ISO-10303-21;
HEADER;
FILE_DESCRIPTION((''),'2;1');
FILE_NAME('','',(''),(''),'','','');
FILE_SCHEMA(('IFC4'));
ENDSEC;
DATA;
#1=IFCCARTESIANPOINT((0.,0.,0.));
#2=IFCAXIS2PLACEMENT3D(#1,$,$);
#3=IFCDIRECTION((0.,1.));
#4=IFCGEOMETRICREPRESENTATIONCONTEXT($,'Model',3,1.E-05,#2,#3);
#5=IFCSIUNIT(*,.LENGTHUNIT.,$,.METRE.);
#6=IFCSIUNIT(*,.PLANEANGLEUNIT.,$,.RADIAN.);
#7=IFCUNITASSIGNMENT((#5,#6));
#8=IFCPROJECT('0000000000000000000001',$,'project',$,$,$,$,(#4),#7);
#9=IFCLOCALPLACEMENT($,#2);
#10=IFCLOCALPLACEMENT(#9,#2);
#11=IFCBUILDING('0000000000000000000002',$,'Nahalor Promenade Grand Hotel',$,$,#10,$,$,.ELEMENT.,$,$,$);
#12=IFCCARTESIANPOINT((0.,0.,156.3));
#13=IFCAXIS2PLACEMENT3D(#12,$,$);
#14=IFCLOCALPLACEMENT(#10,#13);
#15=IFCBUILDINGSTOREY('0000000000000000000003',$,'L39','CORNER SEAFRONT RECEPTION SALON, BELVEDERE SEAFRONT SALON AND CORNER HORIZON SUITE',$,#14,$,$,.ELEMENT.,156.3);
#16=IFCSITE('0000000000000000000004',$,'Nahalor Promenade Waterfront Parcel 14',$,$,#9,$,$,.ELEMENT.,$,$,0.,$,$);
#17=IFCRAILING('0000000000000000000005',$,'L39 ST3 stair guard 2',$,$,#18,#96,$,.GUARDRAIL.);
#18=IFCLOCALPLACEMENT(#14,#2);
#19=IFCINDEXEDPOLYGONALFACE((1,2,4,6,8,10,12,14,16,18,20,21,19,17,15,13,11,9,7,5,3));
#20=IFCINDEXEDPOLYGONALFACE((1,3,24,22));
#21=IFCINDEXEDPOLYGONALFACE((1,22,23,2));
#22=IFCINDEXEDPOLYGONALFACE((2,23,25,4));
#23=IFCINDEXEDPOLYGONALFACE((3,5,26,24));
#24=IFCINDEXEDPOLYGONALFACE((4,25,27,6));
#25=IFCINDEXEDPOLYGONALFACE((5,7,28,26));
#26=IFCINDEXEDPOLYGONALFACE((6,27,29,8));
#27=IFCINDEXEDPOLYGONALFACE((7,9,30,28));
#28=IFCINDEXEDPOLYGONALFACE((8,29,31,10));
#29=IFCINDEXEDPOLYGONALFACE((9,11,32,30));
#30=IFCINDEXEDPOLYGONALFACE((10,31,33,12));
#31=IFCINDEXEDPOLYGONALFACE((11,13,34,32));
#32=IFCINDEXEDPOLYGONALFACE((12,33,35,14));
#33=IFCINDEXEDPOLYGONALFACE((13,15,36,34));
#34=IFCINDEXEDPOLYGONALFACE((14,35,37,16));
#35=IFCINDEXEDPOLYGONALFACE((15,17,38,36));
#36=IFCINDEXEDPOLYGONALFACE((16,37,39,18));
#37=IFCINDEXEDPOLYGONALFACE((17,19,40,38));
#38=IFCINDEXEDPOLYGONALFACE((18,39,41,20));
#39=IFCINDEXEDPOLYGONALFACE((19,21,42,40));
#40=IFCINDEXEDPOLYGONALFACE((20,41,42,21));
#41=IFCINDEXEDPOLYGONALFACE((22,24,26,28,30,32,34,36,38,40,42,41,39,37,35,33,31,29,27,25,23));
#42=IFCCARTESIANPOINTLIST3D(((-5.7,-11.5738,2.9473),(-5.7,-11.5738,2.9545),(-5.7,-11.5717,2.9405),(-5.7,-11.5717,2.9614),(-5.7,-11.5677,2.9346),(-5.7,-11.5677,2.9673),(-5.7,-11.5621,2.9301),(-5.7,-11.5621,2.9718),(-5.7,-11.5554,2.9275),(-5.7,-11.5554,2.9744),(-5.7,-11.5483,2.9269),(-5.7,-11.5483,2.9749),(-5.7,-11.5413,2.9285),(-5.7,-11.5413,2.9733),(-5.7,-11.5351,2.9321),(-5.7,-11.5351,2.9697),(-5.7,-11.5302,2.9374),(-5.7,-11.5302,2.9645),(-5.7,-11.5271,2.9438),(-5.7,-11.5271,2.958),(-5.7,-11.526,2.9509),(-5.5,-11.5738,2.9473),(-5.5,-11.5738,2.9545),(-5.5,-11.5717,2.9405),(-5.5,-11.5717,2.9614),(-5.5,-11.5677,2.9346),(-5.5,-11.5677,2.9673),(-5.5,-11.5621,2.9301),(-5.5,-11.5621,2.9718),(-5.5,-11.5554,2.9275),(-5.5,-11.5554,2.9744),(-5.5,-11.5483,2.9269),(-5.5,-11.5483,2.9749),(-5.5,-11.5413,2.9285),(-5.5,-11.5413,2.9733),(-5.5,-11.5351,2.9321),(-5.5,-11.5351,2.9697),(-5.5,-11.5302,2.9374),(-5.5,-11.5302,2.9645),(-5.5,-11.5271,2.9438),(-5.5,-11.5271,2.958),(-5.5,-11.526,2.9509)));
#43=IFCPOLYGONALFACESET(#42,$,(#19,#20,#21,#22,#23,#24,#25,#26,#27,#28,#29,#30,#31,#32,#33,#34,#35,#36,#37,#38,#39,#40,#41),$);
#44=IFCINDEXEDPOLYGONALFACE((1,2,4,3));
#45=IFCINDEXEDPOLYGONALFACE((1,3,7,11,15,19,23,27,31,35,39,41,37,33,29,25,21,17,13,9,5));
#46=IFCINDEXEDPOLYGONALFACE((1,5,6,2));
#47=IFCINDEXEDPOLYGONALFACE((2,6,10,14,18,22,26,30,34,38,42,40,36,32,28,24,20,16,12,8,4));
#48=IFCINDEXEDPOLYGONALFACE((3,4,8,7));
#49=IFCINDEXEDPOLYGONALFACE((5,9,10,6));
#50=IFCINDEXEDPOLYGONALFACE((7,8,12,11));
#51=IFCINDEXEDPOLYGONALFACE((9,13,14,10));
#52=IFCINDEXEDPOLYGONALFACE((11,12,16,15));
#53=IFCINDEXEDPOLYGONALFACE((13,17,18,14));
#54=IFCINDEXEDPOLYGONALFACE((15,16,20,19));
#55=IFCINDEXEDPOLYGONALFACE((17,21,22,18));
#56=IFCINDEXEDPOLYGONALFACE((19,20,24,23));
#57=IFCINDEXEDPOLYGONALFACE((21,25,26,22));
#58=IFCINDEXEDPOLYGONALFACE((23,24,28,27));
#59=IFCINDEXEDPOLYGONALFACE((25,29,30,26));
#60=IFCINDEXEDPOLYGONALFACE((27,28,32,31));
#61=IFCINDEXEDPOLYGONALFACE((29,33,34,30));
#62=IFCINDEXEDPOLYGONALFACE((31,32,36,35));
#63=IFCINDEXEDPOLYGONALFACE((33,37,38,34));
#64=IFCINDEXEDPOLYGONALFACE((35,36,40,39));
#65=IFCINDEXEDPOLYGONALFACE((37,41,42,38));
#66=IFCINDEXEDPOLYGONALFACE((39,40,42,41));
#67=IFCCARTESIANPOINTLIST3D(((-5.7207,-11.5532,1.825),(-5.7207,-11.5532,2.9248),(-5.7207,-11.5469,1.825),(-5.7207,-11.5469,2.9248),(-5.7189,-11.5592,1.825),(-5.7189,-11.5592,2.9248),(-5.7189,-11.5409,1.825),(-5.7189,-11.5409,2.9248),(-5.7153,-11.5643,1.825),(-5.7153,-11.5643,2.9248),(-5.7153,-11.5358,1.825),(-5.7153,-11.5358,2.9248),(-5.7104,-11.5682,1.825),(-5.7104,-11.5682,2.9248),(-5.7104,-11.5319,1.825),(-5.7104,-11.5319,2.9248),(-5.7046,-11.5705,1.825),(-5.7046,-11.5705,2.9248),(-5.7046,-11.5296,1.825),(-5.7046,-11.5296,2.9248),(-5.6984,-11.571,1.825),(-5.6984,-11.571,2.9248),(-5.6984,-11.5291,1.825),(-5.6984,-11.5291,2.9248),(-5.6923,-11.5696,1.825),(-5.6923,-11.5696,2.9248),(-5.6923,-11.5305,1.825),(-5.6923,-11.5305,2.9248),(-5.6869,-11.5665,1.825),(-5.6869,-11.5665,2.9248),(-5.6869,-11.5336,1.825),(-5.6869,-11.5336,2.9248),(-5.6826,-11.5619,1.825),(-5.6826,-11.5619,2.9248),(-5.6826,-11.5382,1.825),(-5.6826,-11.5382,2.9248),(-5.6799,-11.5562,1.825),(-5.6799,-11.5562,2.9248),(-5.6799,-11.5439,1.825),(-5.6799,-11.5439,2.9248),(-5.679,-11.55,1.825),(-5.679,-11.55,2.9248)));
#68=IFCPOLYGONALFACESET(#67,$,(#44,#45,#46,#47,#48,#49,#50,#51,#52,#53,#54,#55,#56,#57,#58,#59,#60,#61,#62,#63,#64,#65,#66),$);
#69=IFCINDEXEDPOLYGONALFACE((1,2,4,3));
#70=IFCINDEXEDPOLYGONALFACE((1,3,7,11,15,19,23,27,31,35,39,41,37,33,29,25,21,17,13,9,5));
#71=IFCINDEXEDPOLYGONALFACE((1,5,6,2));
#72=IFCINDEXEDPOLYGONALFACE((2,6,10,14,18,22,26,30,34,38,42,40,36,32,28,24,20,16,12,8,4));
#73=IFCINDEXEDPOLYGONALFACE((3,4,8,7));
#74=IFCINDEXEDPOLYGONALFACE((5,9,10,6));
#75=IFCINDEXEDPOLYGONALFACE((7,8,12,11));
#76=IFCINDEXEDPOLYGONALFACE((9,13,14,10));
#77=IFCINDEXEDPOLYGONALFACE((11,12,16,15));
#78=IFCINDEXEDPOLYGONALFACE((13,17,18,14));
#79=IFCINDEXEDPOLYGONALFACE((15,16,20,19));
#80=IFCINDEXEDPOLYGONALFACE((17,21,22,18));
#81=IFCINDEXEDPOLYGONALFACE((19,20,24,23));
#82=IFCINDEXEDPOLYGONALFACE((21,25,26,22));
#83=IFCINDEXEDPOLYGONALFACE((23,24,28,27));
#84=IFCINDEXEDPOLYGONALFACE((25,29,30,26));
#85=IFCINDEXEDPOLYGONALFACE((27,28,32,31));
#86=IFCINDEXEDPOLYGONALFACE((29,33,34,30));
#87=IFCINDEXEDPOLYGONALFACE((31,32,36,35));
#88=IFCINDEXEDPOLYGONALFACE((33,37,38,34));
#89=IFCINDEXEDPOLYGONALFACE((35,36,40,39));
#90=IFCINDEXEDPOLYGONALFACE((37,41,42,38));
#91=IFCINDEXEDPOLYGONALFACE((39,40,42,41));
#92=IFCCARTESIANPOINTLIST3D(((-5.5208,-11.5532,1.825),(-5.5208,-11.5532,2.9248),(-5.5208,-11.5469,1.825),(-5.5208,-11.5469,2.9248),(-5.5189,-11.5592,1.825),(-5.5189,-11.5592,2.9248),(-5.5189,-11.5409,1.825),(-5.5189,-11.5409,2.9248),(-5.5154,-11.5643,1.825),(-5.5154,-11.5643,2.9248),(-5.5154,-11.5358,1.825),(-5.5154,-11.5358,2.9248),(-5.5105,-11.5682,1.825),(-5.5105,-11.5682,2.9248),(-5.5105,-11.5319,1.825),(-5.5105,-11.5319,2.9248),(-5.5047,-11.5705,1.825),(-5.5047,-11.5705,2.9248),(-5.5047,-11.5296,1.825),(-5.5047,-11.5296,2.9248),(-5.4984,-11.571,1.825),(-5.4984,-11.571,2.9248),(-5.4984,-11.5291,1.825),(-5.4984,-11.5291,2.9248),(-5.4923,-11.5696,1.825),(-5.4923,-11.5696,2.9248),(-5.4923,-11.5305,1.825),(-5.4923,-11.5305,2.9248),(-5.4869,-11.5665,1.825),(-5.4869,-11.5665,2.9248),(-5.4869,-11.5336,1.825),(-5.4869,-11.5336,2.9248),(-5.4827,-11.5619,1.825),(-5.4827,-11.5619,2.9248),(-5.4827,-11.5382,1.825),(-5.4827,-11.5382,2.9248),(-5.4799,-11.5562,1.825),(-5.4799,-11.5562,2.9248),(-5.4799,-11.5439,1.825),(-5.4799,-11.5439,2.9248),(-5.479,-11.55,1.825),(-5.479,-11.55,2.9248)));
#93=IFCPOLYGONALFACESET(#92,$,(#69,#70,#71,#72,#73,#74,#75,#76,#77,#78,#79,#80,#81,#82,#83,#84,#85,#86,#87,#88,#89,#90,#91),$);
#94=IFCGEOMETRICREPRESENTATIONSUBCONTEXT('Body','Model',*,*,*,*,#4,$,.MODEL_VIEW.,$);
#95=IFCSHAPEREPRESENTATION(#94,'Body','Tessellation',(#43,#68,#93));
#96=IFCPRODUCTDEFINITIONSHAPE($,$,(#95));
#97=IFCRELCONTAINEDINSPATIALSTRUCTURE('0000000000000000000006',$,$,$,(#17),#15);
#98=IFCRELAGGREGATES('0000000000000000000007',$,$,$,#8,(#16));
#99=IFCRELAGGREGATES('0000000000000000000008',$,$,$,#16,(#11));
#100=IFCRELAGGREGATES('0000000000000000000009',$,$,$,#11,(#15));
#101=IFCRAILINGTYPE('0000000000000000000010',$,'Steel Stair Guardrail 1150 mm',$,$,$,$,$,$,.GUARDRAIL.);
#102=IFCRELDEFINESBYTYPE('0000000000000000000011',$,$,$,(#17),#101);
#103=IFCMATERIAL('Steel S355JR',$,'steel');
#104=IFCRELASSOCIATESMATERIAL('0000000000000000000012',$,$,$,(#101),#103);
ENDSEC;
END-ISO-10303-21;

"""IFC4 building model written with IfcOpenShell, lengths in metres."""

from ifc_helpers import new_model, si_unit, direction, frame, origin, origin_2d, place, context, subcontext, project, spatial, circle, extrude, material, type_object, element, save


model = new_model("IFC4")

# Units and contexts
model_context = context("Model", 3, precision=1e-05, world=origin(), true_north=direction((0.0, 1.0)))
body_context = subcontext(model_context, "Body", "Model", "MODEL_VIEW")
ifc_project = project(units=[si_unit("LENGTHUNIT", "METRE"), si_unit("PLANEANGLEUNIT", "RADIAN")], contexts=[model_context])

# Site, building, storey
site_placement = place(None, origin())
site = spatial("IfcSite", under=ifc_project, at=site_placement, Name="Nahalor Promenade Waterfront Parcel 14", CompositionType="ELEMENT", RefElevation=0.0)
building_placement = place(site_placement, origin())
building = spatial("IfcBuilding", under=site, at=building_placement, Name="Nahalor Promenade Grand Hotel", CompositionType="ELEMENT")
storey_placement = place(building_placement, frame((0.0, 0.0, 156.3)))
storey = spatial("IfcBuildingStorey", under=building, at=storey_placement, Name="L39", Description="CORNER SEAFRONT RECEPTION SALON, BELVEDERE SEAFRONT SALON AND CORNER HORIZON SUITE", CompositionType="ELEMENT", Elevation=156.3)

# Shared definitions
ifc_material_1 = material(Name="Steel S355JR", Category="steel")

# Railing
railing_type_1 = type_object("IfcRailingType", Name="Steel Stair Guardrail 1150 mm", PredefinedType="GUARDRAIL", material=ifc_material_1)
railing_1_placement = place(storey_placement, frame((-5.7, -11.55, 1.825)))
element("IfcRailing", 1, at=railing_1_placement, inside=storey, type_object=railing_type_1, Name="L39 ST3 stair guard 2", PredefinedType="GUARDRAIL", context=body_context, shape_type="SweptSolid", body=[
    extrude(circle(Radius=0.024, at=origin_2d()), frame((0.0, 0.0, 1.126), z_axis=(1.0, 0.0, 0.0), x_axis=(0.0, 1.0, 0.0)), (0.0, 0.0, 1.0), 0.2),
    extrude(circle(Radius=0.021, at=origin_2d()), origin(), (0.0, 0.0, 1.0), 1.0999),
    extrude(circle(Radius=0.021, at=origin_2d()), frame((0.2, 0.0, 0.0)), (0.0, 0.0, 1.0), 1.0999),
])

save(model, "model.ifc")
